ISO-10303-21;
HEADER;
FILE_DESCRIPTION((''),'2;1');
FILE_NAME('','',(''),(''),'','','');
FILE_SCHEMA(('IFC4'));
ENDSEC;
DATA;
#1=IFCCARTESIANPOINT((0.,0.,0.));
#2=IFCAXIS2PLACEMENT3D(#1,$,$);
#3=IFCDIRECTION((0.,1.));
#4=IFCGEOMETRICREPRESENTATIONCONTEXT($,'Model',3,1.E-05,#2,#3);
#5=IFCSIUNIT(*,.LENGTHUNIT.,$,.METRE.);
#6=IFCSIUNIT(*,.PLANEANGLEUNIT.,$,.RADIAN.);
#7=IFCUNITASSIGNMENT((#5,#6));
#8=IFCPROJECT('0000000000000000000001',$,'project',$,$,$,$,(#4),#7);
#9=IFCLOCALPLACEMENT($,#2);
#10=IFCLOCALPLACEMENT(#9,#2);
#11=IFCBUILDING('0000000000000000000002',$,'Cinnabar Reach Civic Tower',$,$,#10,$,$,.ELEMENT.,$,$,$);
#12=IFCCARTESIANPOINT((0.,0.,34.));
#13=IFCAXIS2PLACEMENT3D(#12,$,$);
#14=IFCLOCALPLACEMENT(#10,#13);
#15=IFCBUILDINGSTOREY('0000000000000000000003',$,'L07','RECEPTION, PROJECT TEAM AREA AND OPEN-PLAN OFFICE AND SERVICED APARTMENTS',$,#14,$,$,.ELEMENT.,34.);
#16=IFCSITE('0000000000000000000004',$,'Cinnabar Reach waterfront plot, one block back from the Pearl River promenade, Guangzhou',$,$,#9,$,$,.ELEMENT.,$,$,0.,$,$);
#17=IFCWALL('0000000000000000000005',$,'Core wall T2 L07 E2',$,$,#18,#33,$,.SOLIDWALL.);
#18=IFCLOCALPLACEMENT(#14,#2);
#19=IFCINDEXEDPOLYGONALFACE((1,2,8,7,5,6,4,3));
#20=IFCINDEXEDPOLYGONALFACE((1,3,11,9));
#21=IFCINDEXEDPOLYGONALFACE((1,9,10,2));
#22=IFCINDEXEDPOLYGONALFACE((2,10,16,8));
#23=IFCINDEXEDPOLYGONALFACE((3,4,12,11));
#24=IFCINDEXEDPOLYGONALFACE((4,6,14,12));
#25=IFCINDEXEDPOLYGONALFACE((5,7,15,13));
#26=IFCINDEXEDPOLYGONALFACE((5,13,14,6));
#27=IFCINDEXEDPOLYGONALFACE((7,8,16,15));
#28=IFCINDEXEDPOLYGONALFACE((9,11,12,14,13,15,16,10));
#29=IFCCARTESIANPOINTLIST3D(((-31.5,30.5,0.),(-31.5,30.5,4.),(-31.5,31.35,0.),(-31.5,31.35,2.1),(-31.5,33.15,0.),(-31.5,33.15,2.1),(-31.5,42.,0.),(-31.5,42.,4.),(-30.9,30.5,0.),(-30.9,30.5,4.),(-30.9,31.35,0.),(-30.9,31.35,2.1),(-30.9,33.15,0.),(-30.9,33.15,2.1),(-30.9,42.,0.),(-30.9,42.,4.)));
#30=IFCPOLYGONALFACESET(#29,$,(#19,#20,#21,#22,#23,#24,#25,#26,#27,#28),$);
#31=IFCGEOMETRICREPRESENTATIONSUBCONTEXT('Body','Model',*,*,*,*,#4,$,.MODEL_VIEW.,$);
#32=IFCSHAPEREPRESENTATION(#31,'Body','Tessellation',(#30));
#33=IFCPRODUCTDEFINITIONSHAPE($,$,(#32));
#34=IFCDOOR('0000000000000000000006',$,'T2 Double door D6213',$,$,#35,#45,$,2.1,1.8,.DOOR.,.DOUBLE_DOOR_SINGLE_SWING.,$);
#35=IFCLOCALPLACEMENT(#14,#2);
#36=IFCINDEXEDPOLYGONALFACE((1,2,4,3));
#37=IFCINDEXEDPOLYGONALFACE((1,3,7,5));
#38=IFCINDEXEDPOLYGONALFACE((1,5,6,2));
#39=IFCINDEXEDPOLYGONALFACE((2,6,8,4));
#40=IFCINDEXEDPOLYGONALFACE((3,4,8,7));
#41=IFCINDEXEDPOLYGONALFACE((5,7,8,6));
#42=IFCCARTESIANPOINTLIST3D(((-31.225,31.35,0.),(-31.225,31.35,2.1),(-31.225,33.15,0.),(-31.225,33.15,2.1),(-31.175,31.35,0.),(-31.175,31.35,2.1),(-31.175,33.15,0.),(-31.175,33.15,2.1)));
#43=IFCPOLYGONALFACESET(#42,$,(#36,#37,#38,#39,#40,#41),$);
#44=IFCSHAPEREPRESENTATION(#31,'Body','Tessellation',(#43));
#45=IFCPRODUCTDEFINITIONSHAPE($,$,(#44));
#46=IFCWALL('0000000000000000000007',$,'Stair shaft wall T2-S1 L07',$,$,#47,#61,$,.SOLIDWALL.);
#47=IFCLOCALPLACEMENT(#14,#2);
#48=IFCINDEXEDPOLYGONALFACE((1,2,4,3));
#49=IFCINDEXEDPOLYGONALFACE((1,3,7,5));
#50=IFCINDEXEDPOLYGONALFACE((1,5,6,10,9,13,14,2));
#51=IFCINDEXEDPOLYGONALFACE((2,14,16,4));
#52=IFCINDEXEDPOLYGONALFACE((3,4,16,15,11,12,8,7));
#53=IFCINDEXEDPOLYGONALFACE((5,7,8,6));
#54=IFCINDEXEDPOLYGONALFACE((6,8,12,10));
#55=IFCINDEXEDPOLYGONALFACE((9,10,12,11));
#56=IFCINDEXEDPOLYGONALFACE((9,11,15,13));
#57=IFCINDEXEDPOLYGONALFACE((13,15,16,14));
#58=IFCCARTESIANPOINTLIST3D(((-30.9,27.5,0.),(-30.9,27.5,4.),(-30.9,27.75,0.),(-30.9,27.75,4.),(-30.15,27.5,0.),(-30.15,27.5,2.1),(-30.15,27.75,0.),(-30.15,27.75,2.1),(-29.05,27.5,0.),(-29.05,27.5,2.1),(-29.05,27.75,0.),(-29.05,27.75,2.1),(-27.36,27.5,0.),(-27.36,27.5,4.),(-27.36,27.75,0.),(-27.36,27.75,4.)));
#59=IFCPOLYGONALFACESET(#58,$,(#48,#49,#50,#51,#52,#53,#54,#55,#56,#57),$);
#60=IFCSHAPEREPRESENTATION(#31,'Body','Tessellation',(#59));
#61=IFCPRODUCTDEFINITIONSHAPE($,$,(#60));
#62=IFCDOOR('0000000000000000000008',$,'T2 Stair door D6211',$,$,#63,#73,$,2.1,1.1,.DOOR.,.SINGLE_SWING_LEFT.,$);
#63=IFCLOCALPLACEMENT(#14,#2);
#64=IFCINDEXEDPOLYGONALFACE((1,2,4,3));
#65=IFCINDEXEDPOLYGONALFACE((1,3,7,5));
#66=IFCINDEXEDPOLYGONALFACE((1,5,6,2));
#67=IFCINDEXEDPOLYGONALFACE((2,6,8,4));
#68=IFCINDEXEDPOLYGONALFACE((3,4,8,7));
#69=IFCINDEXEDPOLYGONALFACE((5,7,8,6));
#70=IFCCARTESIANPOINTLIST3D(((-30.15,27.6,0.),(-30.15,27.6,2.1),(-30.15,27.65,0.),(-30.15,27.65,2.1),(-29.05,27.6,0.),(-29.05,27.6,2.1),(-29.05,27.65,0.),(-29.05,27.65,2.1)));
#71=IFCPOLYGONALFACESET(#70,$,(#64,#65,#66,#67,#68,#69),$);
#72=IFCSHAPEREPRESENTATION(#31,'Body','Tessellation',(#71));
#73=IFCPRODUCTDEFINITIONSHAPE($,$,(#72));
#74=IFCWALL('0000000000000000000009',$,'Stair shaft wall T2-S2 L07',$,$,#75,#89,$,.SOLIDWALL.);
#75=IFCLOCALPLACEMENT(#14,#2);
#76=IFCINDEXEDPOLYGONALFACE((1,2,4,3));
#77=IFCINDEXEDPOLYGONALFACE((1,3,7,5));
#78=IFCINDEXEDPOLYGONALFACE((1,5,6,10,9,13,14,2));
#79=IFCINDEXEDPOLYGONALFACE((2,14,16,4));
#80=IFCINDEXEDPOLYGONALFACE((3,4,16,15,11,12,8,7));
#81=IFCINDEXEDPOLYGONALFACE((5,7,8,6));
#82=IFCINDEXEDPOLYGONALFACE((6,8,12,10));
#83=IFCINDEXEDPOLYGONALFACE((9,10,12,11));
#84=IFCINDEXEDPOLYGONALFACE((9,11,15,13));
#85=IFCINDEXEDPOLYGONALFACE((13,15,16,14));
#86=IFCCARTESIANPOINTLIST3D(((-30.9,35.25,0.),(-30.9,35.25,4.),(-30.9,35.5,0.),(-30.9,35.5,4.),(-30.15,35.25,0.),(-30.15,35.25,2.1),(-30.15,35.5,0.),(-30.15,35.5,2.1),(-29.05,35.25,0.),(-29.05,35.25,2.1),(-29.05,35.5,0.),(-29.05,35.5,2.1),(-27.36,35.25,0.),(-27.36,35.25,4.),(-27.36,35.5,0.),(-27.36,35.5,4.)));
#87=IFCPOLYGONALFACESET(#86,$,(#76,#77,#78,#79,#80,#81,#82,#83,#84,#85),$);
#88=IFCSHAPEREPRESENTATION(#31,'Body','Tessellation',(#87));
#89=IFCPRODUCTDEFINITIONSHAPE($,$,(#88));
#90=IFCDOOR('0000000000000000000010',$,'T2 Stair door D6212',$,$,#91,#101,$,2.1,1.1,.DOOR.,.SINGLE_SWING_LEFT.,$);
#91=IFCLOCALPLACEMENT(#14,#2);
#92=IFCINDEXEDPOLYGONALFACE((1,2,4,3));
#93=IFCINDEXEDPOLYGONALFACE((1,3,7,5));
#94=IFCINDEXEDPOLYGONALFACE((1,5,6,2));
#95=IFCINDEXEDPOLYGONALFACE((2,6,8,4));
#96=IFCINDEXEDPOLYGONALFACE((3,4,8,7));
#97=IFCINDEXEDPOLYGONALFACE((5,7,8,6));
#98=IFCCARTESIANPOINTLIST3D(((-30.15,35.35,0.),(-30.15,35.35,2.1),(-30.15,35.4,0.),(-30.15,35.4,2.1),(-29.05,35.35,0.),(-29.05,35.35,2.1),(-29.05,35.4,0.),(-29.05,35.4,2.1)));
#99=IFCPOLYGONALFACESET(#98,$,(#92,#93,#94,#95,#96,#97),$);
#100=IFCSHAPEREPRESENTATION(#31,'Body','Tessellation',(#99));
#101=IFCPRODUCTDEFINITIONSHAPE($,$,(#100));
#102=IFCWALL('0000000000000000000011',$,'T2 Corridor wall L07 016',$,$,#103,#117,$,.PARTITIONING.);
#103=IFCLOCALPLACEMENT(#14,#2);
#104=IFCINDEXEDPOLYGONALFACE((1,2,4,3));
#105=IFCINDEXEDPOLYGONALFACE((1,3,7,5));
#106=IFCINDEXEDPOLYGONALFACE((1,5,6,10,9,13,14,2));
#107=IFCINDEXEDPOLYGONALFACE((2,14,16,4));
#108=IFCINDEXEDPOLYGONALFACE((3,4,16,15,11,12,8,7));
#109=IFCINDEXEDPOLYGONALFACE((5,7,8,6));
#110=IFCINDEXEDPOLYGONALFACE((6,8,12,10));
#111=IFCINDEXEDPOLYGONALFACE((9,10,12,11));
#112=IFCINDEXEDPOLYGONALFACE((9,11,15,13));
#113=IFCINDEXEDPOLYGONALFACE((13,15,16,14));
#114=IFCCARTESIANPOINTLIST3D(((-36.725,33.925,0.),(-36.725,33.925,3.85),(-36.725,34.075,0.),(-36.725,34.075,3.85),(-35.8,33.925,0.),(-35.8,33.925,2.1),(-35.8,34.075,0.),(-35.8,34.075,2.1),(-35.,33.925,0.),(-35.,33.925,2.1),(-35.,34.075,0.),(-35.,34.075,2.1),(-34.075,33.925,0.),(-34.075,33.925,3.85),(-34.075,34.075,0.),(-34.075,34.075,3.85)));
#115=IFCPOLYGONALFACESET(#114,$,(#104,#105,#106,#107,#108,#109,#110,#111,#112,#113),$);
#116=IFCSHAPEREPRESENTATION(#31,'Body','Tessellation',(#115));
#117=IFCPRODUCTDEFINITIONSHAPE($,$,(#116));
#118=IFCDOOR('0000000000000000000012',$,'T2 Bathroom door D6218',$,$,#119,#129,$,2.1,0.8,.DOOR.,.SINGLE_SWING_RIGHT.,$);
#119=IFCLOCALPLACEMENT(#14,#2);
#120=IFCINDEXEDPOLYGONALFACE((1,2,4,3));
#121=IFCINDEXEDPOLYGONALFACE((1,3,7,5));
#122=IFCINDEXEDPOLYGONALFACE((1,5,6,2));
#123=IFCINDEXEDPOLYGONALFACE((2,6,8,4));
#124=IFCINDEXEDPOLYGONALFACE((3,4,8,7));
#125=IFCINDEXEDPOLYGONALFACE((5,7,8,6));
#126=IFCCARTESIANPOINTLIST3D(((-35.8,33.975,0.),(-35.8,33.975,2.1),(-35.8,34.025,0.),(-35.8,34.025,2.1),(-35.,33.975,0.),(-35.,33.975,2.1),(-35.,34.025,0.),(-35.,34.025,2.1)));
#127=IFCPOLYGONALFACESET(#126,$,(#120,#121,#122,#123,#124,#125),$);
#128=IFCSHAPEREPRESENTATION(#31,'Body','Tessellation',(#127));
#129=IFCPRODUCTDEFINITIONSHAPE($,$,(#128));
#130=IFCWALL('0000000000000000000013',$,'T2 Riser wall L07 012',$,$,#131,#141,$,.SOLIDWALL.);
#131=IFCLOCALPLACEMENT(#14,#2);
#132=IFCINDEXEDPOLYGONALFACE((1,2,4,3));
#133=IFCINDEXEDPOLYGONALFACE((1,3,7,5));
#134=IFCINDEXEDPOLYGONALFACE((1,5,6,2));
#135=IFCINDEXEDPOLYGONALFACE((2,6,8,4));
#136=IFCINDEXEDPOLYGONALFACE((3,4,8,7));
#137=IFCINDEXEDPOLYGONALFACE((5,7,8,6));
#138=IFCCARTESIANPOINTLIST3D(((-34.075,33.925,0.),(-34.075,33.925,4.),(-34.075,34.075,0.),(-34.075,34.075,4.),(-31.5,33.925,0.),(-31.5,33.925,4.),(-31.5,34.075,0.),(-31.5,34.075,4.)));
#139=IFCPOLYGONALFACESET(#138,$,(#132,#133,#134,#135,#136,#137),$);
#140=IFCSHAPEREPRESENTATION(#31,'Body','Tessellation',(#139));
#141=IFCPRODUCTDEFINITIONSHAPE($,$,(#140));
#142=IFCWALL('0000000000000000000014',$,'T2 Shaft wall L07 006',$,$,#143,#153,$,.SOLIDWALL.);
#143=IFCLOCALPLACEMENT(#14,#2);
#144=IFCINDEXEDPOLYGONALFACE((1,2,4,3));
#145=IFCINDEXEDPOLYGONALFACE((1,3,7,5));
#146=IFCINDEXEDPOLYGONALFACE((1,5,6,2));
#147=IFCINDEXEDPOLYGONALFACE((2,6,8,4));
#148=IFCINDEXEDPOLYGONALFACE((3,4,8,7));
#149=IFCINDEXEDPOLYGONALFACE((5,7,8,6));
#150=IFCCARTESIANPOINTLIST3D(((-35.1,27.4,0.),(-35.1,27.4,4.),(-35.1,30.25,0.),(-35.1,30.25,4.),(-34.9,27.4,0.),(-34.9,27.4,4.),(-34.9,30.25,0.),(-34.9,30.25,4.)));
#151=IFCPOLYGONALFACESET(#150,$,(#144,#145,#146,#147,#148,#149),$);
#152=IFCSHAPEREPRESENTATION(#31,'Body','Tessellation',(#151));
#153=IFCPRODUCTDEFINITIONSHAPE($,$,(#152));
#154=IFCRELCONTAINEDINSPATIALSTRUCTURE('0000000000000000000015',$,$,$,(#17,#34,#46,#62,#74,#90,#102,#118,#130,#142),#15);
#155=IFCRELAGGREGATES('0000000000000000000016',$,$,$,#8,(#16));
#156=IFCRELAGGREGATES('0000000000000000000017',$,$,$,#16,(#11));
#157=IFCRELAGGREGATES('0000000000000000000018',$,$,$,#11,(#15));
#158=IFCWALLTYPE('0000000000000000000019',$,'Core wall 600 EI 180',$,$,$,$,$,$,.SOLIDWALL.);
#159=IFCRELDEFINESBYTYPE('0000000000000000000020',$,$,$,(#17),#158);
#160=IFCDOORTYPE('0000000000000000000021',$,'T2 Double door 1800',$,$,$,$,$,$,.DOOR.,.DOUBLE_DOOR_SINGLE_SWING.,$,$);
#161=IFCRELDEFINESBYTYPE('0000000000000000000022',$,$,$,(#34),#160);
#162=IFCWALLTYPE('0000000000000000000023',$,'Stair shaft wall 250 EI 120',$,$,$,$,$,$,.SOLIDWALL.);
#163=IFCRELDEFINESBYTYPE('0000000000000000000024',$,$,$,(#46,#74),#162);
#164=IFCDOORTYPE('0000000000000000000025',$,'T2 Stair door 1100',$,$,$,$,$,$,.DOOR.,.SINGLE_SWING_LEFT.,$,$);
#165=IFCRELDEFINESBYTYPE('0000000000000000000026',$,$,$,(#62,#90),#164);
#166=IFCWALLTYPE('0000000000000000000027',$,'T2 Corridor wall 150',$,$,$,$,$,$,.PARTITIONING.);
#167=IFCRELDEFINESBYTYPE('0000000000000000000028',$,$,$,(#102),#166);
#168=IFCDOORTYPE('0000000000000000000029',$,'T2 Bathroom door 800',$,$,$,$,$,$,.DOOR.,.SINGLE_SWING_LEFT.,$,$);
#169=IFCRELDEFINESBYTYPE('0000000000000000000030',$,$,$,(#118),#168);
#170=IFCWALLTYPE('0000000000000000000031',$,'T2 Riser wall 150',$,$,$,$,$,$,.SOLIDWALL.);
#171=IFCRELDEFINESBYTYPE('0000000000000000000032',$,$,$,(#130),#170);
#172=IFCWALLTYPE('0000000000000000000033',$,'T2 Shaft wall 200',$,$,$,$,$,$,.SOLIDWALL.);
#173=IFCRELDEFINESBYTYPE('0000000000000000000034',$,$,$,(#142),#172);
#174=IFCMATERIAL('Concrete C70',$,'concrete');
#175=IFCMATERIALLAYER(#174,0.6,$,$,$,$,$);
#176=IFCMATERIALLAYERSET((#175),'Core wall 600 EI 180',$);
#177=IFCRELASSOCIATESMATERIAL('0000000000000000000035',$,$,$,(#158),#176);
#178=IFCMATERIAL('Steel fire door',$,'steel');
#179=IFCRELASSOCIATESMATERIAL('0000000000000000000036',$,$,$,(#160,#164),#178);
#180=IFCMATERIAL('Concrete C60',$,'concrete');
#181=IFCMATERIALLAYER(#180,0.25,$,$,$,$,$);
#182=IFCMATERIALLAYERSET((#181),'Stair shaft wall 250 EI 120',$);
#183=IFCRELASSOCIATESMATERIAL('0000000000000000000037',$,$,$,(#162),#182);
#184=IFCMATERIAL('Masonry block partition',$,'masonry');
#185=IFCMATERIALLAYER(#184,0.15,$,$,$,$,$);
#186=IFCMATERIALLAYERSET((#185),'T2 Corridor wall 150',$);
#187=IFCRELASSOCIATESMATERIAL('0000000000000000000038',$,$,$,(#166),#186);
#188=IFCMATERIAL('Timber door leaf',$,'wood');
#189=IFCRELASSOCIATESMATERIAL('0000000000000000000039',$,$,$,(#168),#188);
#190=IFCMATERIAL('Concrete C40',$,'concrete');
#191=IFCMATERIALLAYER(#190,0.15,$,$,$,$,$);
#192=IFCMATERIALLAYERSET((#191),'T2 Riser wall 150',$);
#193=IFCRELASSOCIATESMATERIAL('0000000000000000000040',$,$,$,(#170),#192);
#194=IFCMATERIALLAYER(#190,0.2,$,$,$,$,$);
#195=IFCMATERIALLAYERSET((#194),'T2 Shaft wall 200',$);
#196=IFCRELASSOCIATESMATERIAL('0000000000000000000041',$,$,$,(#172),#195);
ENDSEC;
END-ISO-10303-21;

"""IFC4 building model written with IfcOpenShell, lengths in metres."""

from ifc_helpers import new_model, si_unit, direction, frame, frame_2d, origin, place, context, subcontext, project, spatial, rectangle, extrude, material, layer, layer_set, type_object, element, fill, save


model = new_model("IFC4")

# Units and contexts
model_context = context("Model", 3, precision=1e-05, world=origin(), true_north=direction((0.0, 1.0)))
body_context = subcontext(model_context, "Body", "Model", "MODEL_VIEW")
ifc_project = project(units=[si_unit("LENGTHUNIT", "METRE"), si_unit("PLANEANGLEUNIT", "RADIAN")], contexts=[model_context])

# Site, building, storey
site_placement = place(None, origin())
site = spatial("IfcSite", under=ifc_project, at=site_placement, Name="Cinnabar Reach waterfront plot, one block back from the Pearl River promenade, Guangzhou", CompositionType="ELEMENT", RefElevation=0.0)
building_placement = place(site_placement, origin())
building = spatial("IfcBuilding", under=site, at=building_placement, Name="Cinnabar Reach Civic Tower", CompositionType="ELEMENT")
storey_placement = place(building_placement, frame((0.0, 0.0, 34.0)))
storey = spatial("IfcBuildingStorey", under=building, at=storey_placement, Name="L07", Description="RECEPTION, PROJECT TEAM AREA AND OPEN-PLAN OFFICE AND SERVICED APARTMENTS", CompositionType="ELEMENT", Elevation=34.0)

# Shared definitions
ifc_material_1 = material(Name="Concrete C70", Category="concrete")

# Walls, openings, doors
ifc_layer_1 = layer(ifc_material_1, 0.6)
ifc_layer_set_1 = layer_set([ifc_layer_1], Name="Core wall 600 EI 180")
wall_type_1 = type_object("IfcWallType", Name="Core wall 600 EI 180", PredefinedType="SOLIDWALL", material=ifc_layer_set_1)
wall_1_placement = place(storey_placement, frame((-31.2, 30.5, 0.0), z_axis=(0.0, 0.0, 1.0), x_axis=(0.0, 1.0, 0.0)))
wall_1 = element("IfcWall", 1, at=wall_1_placement, inside=storey, type_object=wall_type_1, Name="Core wall T2 L07 E2", PredefinedType="SOLIDWALL", context=body_context, shape_type="SweptSolid", body=[
    extrude(rectangle(XDim=11.5, YDim=0.6, at=frame_2d((5.75, 0.0))), origin(), (0.0, 0.0, 1.0), 4.0),
])
opening_1_placement = place(wall_1_placement, frame((0.85, 0.0, 0.0)))
opening_1 = element("IfcOpeningElement", 2, at=opening_1_placement, cuts=wall_1, PredefinedType="OPENING", context=body_context, shape_type="SweptSolid", body=[
    extrude(rectangle(XDim=1.8, YDim=2.1, at=frame_2d((0.9, 1.05))), frame((0.0, 0.31, 0.0), z_axis=(0.0, -1.0, 0.0), x_axis=(1.0, 0.0, 0.0)), (0.0, 0.0, 1.0), 0.62),
])
ifc_material_2 = material(Name="Steel fire door", Category="steel")
door_type_1 = type_object("IfcDoorType", Name="T2 Double door 1800", OperationType="DOUBLE_DOOR_SINGLE_SWING", PredefinedType="DOOR", material=ifc_material_2)
door_1_placement = place(opening_1_placement, origin())
door_1 = element("IfcDoor", 3, at=door_1_placement, inside=storey, type_object=door_type_1, Name="T2 Double door D6213", OperationType="DOUBLE_DOOR_SINGLE_SWING", OverallHeight=2.1, OverallWidth=1.8, PredefinedType="DOOR", context=body_context, shape_type="SweptSolid", body=[
    extrude(rectangle(XDim=1.8, YDim=2.1, at=frame_2d((0.9, 1.05))), frame((0.0, 0.025, 0.0), z_axis=(0.0, -1.0, 0.0), x_axis=(1.0, 0.0, 0.0)), (0.0, 0.0, 1.0), 0.05),
])
fill(opening_1, door_1)
ifc_material_3 = material(Name="Concrete C60", Category="concrete")
ifc_layer_2 = layer(ifc_material_3, 0.25)
ifc_layer_set_2 = layer_set([ifc_layer_2], Name="Stair shaft wall 250 EI 120")
wall_type_2 = type_object("IfcWallType", Name="Stair shaft wall 250 EI 120", PredefinedType="SOLIDWALL", material=ifc_layer_set_2)
wall_2_placement = place(storey_placement, frame((-27.36, 27.625, 0.0), z_axis=(0.0, 0.0, 1.0), x_axis=(-1.0, 0.0, 0.0)))
wall_2 = element("IfcWall", 4, at=wall_2_placement, inside=storey, type_object=wall_type_2, Name="Stair shaft wall T2-S1 L07", PredefinedType="SOLIDWALL", context=body_context, shape_type="SweptSolid", body=[
    extrude(rectangle(XDim=3.54, YDim=0.25, at=frame_2d((1.77, 0.0))), origin(), (0.0, 0.0, 1.0), 4.0),
])
opening_2_placement = place(wall_2_placement, frame((1.69, 0.0, 0.0)))
opening_2 = element("IfcOpeningElement", 5, at=opening_2_placement, cuts=wall_2, PredefinedType="OPENING", context=body_context, shape_type="SweptSolid", body=[
    extrude(rectangle(XDim=1.1, YDim=2.1, at=frame_2d((0.55, 1.05))), frame((0.0, 0.135, 0.0), z_axis=(0.0, -1.0, 0.0), x_axis=(1.0, 0.0, 0.0)), (0.0, 0.0, 1.0), 0.27),
])
door_type_2 = type_object("IfcDoorType", Name="T2 Stair door 1100", OperationType="SINGLE_SWING_LEFT", PredefinedType="DOOR", material=ifc_material_2)
door_2_placement = place(opening_2_placement, origin())
door_2 = element("IfcDoor", 6, at=door_2_placement, inside=storey, type_object=door_type_2, Name="T2 Stair door D6211", OperationType="SINGLE_SWING_LEFT", OverallHeight=2.1, OverallWidth=1.1, PredefinedType="DOOR", context=body_context, shape_type="SweptSolid", body=[
    extrude(rectangle(XDim=1.1, YDim=2.1, at=frame_2d((0.55, 1.05))), frame((0.0, 0.025, 0.0), z_axis=(0.0, -1.0, 0.0), x_axis=(1.0, 0.0, 0.0)), (0.0, 0.0, 1.0), 0.05),
])
fill(opening_2, door_2)
wall_3_placement = place(storey_placement, frame((-30.9, 35.375, 0.0), z_axis=(0.0, 0.0, 1.0), x_axis=(1.0, 0.0, 0.0)))
wall_3 = element("IfcWall", 7, at=wall_3_placement, inside=storey, type_object=wall_type_2, Name="Stair shaft wall T2-S2 L07", PredefinedType="SOLIDWALL", context=body_context, shape_type="SweptSolid", body=[
    extrude(rectangle(XDim=3.54, YDim=0.25, at=frame_2d((1.77, 0.0))), origin(), (0.0, 0.0, 1.0), 4.0),
])
opening_3_placement = place(wall_3_placement, frame((0.75, 0.0, 0.0)))
opening_3 = element("IfcOpeningElement", 8, at=opening_3_placement, cuts=wall_3, PredefinedType="OPENING", context=body_context, shape_type="SweptSolid", body=[
    extrude(rectangle(XDim=1.1, YDim=2.1, at=frame_2d((0.55, 1.05))), frame((0.0, 0.135, 0.0), z_axis=(0.0, -1.0, 0.0), x_axis=(1.0, 0.0, 0.0)), (0.0, 0.0, 1.0), 0.27),
])
door_3_placement = place(opening_3_placement, origin())
door_3 = element("IfcDoor", 9, at=door_3_placement, inside=storey, type_object=door_type_2, Name="T2 Stair door D6212", OperationType="SINGLE_SWING_LEFT", OverallHeight=2.1, OverallWidth=1.1, PredefinedType="DOOR", context=body_context, shape_type="SweptSolid", body=[
    extrude(rectangle(XDim=1.1, YDim=2.1, at=frame_2d((0.55, 1.05))), frame((0.0, 0.025, 0.0), z_axis=(0.0, -1.0, 0.0), x_axis=(1.0, 0.0, 0.0)), (0.0, 0.0, 1.0), 0.05),
])
fill(opening_3, door_3)
ifc_material_4 = material(Name="Masonry block partition", Category="masonry")
ifc_layer_3 = layer(ifc_material_4, 0.15)
ifc_layer_set_3 = layer_set([ifc_layer_3], Name="T2 Corridor wall 150")
wall_type_3 = type_object("IfcWallType", Name="T2 Corridor wall 150", PredefinedType="PARTITIONING", material=ifc_layer_set_3)
wall_4_placement = place(storey_placement, frame((-34.075, 34.0, 0.0), z_axis=(0.0, 0.0, 1.0), x_axis=(-1.0, 0.0, 0.0)))
wall_4 = element("IfcWall", 10, at=wall_4_placement, inside=storey, type_object=wall_type_3, Name="T2 Corridor wall L07 016", PredefinedType="PARTITIONING", context=body_context, shape_type="SweptSolid", body=[
    extrude(rectangle(XDim=2.65, YDim=0.15, at=frame_2d((1.325, 0.0))), origin(), (0.0, 0.0, 1.0), 3.85),
])
opening_4_placement = place(wall_4_placement, frame((0.925, 0.0, 0.0)))
opening_4 = element("IfcOpeningElement", 11, at=opening_4_placement, cuts=wall_4, PredefinedType="OPENING", context=body_context, shape_type="SweptSolid", body=[
    extrude(rectangle(XDim=0.8, YDim=2.1, at=frame_2d((0.4, 1.05))), frame((0.0, 0.085, 0.0), z_axis=(0.0, -1.0, 0.0), x_axis=(1.0, 0.0, 0.0)), (0.0, 0.0, 1.0), 0.17),
])
ifc_material_5 = material(Name="Timber door leaf", Category="wood")
door_type_3 = type_object("IfcDoorType", Name="T2 Bathroom door 800", OperationType="SINGLE_SWING_LEFT", PredefinedType="DOOR", material=ifc_material_5)
door_4_placement = place(opening_4_placement, frame((0.8, 0.0, 0.0), z_axis=(0.0, 0.0, 1.0), x_axis=(-1.0, 0.0, 0.0)))
door_4 = element("IfcDoor", 12, at=door_4_placement, inside=storey, type_object=door_type_3, Name="T2 Bathroom door D6218", OperationType="SINGLE_SWING_RIGHT", OverallHeight=2.1, OverallWidth=0.8, PredefinedType="DOOR", context=body_context, shape_type="SweptSolid", body=[
    extrude(rectangle(XDim=0.8, YDim=2.1, at=frame_2d((0.4, 1.05))), frame((0.0, 0.025, 0.0), z_axis=(0.0, -1.0, 0.0), x_axis=(1.0, 0.0, 0.0)), (0.0, 0.0, 1.0), 0.05),
])
fill(opening_4, door_4)

# Walls
ifc_material_6 = material(Name="Concrete C40", Category="concrete")
ifc_layer_4 = layer(ifc_material_6, 0.15)
ifc_layer_set_4 = layer_set([ifc_layer_4], Name="T2 Riser wall 150")
wall_type_4 = type_object("IfcWallType", Name="T2 Riser wall 150", PredefinedType="SOLIDWALL", material=ifc_layer_set_4)
wall_5_placement = place(storey_placement, frame((-34.075, 34.0, 0.0), z_axis=(0.0, 0.0, 1.0), x_axis=(1.0, 0.0, 0.0)))
element("IfcWall", 13, at=wall_5_placement, inside=storey, type_object=wall_type_4, Name="T2 Riser wall L07 012", PredefinedType="SOLIDWALL", context=body_context, shape_type="SweptSolid", body=[
    extrude(rectangle(XDim=2.575, YDim=0.15, at=frame_2d((1.2875, 0.0))), origin(), (0.0, 0.0, 1.0), 4.0),
])
ifc_layer_5 = layer(ifc_material_6, 0.2)
ifc_layer_set_5 = layer_set([ifc_layer_5], Name="T2 Shaft wall 200")
wall_type_5 = type_object("IfcWallType", Name="T2 Shaft wall 200", PredefinedType="SOLIDWALL", material=ifc_layer_set_5)
wall_6_placement = place(storey_placement, frame((-35.0, 27.4, 0.0), z_axis=(0.0, 0.0, 1.0), x_axis=(0.0, 1.0, 0.0)))
element("IfcWall", 14, at=wall_6_placement, inside=storey, type_object=wall_type_5, Name="T2 Shaft wall L07 006", PredefinedType="SOLIDWALL", context=body_context, shape_type="SweptSolid", body=[
    extrude(rectangle(XDim=2.85, YDim=0.2, at=frame_2d((1.425, 0.0))), origin(), (0.0, 0.0, 1.0), 4.0),
])

save(model, "model.ifc")
